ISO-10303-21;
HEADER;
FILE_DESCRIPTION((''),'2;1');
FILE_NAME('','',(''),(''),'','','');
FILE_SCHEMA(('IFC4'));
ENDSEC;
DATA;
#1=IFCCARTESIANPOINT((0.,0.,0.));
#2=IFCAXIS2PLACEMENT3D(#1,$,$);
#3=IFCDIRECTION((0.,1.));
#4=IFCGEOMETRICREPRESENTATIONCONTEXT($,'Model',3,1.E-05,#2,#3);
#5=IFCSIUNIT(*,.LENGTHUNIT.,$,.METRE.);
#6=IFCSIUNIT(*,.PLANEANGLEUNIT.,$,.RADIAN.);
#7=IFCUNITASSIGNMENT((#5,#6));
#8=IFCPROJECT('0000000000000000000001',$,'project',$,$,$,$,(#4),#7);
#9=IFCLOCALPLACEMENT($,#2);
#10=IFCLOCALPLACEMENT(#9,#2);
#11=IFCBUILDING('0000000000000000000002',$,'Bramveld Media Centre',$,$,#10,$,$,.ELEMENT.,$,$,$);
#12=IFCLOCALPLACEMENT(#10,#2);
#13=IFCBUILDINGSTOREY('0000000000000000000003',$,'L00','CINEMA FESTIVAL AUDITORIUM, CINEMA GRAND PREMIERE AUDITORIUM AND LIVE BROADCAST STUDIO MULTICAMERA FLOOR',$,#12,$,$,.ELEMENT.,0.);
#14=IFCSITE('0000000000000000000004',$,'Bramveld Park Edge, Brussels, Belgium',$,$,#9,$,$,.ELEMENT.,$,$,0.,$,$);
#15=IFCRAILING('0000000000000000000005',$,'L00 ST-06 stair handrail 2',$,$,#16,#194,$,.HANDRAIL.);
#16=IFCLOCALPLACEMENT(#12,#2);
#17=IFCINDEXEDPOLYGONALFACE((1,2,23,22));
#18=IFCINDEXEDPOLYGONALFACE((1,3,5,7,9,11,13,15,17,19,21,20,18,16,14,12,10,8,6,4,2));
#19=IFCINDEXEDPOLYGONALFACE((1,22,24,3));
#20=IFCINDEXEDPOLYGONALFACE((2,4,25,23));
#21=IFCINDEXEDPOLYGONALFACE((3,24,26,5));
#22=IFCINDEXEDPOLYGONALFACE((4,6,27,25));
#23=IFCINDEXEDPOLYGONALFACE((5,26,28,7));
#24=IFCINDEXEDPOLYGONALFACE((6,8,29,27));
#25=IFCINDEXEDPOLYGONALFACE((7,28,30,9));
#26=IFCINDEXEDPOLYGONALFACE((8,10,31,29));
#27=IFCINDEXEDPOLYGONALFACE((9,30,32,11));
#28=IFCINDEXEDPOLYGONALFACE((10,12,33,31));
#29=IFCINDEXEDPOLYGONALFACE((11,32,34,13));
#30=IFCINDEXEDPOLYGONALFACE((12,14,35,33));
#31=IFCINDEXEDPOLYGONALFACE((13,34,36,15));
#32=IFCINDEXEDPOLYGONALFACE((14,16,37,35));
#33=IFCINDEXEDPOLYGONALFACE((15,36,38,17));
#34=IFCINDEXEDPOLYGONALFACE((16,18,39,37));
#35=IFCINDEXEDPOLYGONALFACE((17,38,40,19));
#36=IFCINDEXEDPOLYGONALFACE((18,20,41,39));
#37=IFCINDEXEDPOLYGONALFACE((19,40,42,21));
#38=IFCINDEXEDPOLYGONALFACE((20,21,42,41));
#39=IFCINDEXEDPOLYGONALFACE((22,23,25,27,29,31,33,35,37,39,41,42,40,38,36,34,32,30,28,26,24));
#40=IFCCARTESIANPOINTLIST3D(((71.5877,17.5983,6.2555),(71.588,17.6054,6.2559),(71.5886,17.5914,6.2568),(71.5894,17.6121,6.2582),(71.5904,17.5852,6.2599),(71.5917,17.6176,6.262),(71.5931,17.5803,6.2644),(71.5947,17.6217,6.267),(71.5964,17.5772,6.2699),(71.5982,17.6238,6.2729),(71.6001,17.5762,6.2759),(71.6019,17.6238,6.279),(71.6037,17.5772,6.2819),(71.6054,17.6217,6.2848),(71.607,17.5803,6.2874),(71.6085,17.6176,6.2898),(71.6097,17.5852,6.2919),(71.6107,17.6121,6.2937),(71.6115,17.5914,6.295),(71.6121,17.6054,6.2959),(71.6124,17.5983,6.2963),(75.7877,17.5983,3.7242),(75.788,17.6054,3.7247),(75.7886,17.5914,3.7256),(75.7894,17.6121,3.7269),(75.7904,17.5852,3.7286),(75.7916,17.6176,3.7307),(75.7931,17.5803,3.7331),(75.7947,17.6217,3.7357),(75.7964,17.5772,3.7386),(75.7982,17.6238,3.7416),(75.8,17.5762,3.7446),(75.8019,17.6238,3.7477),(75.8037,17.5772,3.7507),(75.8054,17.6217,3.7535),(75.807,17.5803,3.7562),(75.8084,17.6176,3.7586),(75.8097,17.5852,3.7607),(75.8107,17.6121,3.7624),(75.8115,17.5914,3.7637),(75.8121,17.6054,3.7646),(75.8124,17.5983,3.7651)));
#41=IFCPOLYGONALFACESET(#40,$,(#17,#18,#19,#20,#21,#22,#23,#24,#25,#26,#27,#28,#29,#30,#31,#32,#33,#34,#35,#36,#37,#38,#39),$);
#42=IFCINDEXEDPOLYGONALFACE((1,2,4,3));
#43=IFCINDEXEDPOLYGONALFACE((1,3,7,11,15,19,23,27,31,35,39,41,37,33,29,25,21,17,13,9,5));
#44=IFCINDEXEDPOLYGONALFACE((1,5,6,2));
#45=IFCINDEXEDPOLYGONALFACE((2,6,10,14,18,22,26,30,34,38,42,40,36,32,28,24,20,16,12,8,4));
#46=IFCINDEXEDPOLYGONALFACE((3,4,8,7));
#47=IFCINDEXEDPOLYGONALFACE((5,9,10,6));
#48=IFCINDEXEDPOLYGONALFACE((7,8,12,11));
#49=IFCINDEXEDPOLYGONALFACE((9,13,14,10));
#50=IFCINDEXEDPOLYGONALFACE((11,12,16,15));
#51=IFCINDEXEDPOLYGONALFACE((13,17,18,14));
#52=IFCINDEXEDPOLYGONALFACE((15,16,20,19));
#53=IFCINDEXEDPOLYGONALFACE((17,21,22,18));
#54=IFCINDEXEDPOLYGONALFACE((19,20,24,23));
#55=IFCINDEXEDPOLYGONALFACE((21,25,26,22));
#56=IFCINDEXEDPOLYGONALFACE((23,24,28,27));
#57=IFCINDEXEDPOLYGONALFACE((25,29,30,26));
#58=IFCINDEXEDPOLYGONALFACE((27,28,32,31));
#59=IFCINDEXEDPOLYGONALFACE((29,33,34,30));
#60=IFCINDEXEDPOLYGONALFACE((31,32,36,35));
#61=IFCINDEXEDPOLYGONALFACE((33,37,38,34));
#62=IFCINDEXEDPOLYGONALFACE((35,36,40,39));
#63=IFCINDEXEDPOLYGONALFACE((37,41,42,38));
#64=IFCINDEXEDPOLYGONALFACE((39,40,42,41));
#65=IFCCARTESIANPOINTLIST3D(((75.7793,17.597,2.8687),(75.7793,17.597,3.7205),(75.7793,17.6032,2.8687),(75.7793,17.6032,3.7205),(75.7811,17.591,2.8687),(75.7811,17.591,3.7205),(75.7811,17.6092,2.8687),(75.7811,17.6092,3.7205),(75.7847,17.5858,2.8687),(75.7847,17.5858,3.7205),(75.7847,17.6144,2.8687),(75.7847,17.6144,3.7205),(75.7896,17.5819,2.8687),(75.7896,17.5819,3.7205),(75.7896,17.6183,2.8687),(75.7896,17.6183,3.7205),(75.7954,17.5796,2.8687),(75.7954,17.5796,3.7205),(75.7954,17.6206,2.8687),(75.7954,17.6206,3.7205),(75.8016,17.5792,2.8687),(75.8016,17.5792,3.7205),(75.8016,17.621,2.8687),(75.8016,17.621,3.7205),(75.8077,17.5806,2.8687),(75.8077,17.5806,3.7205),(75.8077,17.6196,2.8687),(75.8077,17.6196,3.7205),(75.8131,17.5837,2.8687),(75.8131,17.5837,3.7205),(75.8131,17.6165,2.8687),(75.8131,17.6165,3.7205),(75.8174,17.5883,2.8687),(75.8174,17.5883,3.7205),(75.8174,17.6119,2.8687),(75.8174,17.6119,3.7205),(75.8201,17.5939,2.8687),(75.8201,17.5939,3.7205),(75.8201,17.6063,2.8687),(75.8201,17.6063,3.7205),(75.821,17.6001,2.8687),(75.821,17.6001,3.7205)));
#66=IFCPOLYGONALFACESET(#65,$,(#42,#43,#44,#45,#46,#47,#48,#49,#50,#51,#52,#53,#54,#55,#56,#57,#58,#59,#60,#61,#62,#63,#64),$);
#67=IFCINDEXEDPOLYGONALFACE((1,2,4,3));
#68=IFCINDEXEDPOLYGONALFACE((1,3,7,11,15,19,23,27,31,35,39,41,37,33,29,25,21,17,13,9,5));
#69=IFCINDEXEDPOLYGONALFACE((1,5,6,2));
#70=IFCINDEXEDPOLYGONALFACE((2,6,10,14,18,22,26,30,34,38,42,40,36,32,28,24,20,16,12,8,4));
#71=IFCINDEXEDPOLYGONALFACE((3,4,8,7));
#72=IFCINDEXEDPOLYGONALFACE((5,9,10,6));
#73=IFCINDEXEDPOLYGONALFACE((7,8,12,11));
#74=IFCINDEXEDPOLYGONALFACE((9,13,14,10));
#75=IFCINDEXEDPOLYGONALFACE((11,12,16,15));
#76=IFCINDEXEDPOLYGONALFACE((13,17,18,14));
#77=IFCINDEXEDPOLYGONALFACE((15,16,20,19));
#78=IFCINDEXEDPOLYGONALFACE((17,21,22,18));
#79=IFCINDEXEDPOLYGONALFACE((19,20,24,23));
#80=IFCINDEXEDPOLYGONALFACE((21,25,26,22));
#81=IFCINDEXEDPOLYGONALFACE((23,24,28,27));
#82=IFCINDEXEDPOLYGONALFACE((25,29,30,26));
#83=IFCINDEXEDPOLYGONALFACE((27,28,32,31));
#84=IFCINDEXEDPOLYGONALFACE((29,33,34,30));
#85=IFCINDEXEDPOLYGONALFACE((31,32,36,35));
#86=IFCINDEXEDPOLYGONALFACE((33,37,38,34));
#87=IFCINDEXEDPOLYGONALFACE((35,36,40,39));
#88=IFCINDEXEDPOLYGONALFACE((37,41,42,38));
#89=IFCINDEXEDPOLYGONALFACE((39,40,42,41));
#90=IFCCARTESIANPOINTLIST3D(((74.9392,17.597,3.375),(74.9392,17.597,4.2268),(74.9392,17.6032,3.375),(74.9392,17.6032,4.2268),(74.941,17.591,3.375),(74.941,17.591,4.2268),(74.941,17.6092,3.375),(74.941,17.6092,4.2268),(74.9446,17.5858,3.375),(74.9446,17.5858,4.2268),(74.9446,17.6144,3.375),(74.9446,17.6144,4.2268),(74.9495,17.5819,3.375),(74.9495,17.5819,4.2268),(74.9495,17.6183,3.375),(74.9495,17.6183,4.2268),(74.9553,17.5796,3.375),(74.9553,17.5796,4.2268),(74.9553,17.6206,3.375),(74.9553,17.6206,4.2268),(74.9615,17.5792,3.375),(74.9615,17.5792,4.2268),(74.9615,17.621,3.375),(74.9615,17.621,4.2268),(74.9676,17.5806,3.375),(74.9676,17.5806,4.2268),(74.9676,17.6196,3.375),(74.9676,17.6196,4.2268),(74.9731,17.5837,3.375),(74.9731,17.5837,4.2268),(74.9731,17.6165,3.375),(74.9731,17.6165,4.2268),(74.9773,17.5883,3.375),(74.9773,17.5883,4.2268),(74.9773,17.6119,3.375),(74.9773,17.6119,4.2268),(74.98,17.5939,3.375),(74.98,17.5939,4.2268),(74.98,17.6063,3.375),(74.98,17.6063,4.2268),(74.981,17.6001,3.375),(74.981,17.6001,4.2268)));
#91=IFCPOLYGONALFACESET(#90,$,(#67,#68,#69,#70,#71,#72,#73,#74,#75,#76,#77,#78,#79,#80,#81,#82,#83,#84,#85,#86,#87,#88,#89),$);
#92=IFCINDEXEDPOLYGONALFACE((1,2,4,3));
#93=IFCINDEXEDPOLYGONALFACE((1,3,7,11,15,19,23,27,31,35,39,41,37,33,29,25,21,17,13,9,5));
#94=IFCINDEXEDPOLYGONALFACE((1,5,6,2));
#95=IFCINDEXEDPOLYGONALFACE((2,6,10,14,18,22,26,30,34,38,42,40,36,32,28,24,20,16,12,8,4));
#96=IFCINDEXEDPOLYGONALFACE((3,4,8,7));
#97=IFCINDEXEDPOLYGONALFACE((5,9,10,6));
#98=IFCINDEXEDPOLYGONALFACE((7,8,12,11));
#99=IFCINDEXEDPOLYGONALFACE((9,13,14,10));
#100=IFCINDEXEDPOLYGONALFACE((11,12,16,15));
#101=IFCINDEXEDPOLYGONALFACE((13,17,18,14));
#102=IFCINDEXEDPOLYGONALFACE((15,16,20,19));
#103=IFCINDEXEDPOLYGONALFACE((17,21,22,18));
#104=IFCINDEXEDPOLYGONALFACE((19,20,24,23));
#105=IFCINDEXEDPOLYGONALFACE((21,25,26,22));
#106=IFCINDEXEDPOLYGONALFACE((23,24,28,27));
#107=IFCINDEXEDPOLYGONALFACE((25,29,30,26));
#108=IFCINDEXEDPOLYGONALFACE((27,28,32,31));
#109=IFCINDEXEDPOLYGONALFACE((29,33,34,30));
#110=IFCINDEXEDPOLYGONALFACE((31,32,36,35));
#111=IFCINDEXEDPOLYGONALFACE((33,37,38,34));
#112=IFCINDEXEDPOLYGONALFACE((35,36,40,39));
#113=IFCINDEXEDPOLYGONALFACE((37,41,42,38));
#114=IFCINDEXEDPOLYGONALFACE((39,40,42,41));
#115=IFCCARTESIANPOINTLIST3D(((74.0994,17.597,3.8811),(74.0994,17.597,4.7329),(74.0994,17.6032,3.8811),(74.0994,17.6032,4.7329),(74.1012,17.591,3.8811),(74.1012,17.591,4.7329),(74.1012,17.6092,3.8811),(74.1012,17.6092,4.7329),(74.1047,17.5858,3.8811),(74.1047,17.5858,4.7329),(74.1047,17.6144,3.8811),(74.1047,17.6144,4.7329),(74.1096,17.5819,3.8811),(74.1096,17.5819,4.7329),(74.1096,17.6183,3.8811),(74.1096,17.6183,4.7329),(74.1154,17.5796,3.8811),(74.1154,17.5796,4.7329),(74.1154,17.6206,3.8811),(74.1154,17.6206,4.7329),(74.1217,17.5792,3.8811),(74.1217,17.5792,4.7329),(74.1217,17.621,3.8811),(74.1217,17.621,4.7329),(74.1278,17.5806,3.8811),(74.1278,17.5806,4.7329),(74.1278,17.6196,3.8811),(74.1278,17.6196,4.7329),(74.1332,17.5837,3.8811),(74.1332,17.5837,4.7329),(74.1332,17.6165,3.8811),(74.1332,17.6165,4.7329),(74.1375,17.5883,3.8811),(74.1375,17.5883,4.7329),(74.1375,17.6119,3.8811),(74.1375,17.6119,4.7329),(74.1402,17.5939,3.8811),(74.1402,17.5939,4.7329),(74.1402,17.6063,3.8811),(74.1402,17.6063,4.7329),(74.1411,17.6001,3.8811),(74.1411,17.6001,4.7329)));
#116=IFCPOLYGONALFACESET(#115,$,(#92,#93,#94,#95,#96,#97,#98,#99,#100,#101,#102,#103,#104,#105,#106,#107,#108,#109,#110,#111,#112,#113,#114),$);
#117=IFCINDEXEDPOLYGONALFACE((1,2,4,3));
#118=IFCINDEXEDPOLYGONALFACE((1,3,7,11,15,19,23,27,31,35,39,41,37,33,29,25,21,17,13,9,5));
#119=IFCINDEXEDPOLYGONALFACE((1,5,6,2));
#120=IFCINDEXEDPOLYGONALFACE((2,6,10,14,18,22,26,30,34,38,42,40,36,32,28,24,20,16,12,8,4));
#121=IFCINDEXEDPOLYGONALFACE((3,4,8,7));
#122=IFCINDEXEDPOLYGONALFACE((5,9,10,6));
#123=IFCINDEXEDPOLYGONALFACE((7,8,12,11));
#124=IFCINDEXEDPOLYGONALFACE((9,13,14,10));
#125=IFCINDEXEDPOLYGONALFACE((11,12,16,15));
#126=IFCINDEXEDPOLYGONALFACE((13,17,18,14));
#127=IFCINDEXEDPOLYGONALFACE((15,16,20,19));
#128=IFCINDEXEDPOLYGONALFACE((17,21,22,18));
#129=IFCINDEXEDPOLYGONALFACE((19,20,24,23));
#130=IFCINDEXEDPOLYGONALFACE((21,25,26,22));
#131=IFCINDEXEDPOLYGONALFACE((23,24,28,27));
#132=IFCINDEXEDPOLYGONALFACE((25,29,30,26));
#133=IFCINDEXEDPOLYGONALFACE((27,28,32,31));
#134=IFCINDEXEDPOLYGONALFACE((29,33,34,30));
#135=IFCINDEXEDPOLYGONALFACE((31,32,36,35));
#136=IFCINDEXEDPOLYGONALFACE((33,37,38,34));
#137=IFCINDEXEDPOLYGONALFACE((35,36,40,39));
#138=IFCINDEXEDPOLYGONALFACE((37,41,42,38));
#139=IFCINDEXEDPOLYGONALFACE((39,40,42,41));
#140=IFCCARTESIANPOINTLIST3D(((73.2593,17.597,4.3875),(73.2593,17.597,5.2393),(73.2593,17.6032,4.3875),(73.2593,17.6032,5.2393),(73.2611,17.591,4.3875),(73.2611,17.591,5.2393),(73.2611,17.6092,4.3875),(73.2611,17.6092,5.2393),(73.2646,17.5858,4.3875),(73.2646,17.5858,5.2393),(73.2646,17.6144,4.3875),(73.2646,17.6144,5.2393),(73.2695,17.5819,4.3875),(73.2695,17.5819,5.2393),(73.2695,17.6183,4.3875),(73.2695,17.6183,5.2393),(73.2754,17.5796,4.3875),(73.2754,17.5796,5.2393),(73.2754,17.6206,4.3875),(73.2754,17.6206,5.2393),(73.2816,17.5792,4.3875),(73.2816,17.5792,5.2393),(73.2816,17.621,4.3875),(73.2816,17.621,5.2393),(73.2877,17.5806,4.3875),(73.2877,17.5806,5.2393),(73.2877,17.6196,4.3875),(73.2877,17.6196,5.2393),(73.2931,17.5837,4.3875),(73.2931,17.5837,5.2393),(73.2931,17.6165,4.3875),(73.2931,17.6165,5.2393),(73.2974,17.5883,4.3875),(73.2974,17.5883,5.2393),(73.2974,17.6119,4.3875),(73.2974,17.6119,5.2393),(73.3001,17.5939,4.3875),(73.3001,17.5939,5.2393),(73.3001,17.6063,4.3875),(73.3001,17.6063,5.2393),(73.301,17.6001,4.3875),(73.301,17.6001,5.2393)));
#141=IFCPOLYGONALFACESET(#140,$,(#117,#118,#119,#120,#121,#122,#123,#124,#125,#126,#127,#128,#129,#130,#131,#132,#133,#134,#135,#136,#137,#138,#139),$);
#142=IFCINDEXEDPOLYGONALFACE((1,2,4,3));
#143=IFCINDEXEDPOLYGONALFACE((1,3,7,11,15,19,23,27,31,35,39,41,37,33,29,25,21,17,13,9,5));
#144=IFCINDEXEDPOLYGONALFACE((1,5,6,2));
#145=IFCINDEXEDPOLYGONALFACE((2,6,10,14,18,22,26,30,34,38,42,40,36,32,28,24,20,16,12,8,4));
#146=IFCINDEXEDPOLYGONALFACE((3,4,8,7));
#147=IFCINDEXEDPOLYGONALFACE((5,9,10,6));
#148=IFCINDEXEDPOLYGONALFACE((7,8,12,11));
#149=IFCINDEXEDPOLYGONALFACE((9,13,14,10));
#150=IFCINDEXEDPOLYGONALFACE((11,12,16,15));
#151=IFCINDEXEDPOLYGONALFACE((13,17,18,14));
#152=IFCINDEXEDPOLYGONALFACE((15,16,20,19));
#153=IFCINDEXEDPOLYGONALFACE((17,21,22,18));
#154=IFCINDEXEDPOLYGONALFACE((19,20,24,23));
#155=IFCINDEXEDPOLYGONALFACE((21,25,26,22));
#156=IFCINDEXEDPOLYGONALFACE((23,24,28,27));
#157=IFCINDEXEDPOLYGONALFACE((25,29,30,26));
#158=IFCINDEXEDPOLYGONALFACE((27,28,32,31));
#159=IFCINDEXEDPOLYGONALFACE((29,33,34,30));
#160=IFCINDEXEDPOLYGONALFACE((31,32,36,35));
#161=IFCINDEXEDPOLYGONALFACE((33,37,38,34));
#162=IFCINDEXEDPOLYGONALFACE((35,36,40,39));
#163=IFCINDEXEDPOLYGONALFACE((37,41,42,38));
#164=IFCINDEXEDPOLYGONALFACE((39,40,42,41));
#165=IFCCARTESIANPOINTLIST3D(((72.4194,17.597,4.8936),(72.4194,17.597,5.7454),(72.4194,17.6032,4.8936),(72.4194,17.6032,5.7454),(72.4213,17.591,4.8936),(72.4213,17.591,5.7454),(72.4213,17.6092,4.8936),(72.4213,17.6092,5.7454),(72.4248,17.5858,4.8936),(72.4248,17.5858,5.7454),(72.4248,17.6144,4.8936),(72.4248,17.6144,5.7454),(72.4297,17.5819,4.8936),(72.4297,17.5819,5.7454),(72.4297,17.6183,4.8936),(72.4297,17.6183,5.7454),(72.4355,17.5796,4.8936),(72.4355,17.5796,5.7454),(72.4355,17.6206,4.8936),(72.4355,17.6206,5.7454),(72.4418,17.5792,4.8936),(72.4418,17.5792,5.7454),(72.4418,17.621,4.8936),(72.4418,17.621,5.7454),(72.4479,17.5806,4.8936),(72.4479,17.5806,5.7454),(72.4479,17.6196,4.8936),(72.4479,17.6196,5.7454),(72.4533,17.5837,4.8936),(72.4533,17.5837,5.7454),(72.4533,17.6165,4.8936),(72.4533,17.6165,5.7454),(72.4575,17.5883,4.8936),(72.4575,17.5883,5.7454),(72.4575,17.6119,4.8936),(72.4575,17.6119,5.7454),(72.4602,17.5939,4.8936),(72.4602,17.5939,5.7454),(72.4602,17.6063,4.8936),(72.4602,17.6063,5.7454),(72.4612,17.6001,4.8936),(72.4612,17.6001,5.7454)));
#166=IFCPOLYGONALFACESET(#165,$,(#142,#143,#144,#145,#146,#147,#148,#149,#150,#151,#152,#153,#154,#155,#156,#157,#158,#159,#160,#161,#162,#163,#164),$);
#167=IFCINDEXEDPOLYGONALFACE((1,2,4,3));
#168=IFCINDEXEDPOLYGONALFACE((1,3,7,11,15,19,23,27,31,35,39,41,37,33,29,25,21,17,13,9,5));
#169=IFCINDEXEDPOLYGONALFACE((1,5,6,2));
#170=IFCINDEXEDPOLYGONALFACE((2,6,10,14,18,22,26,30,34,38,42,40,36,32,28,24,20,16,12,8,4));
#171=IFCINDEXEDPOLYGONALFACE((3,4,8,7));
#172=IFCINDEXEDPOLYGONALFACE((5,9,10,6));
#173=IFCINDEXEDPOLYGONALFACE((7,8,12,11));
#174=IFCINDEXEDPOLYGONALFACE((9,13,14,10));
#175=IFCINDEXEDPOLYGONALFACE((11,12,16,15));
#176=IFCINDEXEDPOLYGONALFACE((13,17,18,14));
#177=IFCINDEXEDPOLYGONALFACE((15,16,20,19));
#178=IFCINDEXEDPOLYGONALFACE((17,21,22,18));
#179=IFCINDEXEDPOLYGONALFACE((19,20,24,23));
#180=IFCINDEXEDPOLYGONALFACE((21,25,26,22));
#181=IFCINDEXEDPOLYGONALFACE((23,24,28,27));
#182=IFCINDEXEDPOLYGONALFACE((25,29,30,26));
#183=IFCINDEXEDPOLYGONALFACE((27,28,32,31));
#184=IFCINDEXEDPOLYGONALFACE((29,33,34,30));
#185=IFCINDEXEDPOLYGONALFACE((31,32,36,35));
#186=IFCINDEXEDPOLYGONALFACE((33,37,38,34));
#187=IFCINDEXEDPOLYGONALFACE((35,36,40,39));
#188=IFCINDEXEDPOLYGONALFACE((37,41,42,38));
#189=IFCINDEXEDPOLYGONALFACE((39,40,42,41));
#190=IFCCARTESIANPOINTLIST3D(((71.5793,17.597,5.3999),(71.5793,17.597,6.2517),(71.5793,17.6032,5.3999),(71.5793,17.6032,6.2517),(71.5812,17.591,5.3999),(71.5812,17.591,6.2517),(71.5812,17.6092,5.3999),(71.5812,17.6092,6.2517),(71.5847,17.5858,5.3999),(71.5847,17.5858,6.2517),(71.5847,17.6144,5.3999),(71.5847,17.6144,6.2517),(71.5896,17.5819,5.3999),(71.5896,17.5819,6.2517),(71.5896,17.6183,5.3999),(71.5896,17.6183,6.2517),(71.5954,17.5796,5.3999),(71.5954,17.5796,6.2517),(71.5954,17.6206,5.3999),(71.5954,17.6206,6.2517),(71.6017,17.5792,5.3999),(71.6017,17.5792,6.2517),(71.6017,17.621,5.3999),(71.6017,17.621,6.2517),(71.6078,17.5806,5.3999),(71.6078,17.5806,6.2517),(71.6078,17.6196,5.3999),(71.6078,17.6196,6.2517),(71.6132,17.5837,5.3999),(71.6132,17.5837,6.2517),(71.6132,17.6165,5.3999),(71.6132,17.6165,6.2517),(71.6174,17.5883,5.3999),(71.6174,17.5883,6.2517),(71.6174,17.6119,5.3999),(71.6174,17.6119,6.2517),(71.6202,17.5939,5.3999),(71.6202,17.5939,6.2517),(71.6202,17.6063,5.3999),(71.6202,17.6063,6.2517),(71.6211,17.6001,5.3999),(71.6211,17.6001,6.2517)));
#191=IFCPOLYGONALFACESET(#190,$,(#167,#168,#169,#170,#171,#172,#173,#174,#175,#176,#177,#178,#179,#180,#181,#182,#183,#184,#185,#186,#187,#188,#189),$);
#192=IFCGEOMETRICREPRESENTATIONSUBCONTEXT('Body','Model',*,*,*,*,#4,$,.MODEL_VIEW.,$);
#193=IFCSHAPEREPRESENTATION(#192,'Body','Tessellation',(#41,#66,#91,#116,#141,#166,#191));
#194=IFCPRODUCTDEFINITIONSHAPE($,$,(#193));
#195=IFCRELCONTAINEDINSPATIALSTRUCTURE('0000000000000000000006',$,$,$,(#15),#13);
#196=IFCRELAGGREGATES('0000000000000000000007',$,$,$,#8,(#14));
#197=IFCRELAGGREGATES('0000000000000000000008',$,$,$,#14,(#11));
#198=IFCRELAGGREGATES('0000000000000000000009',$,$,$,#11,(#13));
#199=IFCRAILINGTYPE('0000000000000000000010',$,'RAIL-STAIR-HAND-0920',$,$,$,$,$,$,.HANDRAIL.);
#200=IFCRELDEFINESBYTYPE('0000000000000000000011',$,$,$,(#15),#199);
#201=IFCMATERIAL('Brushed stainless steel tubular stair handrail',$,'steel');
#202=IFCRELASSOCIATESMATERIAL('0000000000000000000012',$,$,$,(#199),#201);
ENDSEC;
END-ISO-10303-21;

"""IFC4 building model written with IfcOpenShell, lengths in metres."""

from ifc_helpers import new_model, si_unit, direction, frame, origin, origin_2d, place, context, subcontext, project, spatial, circle, extrude, material, type_object, element, save


model = new_model("IFC4")

# Units and contexts
model_context = context("Model", 3, precision=1e-05, world=origin(), true_north=direction((0.0, 1.0)))
body_context = subcontext(model_context, "Body", "Model", "MODEL_VIEW")
ifc_project = project(units=[si_unit("LENGTHUNIT", "METRE"), si_unit("PLANEANGLEUNIT", "RADIAN")], contexts=[model_context])

# Site, building, storey
site_placement = place(None, origin())
site = spatial("IfcSite", under=ifc_project, at=site_placement, Name="Bramveld Park Edge, Brussels, Belgium", CompositionType="ELEMENT", RefElevation=0.0)
building_placement = place(site_placement, origin())
building = spatial("IfcBuilding", under=site, at=building_placement, Name="Bramveld Media Centre", CompositionType="ELEMENT")
storey_placement = place(building_placement, origin())
storey = spatial("IfcBuildingStorey", under=building, at=storey_placement, Name="L00", Description="CINEMA FESTIVAL AUDITORIUM, CINEMA GRAND PREMIERE AUDITORIUM AND LIVE BROADCAST STUDIO MULTICAMERA FLOOR", CompositionType="ELEMENT", Elevation=0.0)

# Railing
ifc_material_1 = material(Name="Brushed stainless steel tubular stair handrail", Category="steel")
railing_type_1 = type_object("IfcRailingType", Name="RAIL-STAIR-HAND-0920", PredefinedType="HANDRAIL", material=ifc_material_1)
railing_1_placement = place(storey_placement, frame((75.8, 17.6001, 2.8687)))
element("IfcRailing", 1, at=railing_1_placement, inside=storey, type_object=railing_type_1, Name="L00 ST-06 stair handrail 2", PredefinedType="HANDRAIL", context=body_context, shape_type="SweptSolid", body=[
    extrude(circle(Radius=0.0239, at=origin_2d()), frame((0.0, 0.0, 0.876), z_axis=(-0.856476, 0.0, 0.516186), x_axis=(0.0, -1.0, 0.0)), (0.0, 0.0, 1.0), 4.9038),
    extrude(circle(Radius=0.021, at=origin_2d()), origin(), (0.0, 0.0, 1.0), 0.8518),
    extrude(circle(Radius=0.021, at=origin_2d()), frame((-0.8401, 0.0, 0.5063)), (0.0, 0.0, 1.0), 0.8518),
    extrude(circle(Radius=0.021, at=origin_2d()), frame((-1.6799, 0.0, 1.0125)), (0.0, 0.0, 1.0), 0.8518),
    extrude(circle(Radius=0.021, at=origin_2d()), frame((-2.52, 0.0, 1.5188)), (0.0, 0.0, 1.0), 0.8518),
    extrude(circle(Radius=0.021, at=origin_2d()), frame((-3.3599, 0.0, 2.0249)), (0.0, 0.0, 1.0), 0.8518),
    extrude(circle(Radius=0.021, at=origin_2d()), frame((-4.2, 0.0, 2.5312)), (0.0, 0.0, 1.0), 0.8518),
])

save(model, "model.ifc")
